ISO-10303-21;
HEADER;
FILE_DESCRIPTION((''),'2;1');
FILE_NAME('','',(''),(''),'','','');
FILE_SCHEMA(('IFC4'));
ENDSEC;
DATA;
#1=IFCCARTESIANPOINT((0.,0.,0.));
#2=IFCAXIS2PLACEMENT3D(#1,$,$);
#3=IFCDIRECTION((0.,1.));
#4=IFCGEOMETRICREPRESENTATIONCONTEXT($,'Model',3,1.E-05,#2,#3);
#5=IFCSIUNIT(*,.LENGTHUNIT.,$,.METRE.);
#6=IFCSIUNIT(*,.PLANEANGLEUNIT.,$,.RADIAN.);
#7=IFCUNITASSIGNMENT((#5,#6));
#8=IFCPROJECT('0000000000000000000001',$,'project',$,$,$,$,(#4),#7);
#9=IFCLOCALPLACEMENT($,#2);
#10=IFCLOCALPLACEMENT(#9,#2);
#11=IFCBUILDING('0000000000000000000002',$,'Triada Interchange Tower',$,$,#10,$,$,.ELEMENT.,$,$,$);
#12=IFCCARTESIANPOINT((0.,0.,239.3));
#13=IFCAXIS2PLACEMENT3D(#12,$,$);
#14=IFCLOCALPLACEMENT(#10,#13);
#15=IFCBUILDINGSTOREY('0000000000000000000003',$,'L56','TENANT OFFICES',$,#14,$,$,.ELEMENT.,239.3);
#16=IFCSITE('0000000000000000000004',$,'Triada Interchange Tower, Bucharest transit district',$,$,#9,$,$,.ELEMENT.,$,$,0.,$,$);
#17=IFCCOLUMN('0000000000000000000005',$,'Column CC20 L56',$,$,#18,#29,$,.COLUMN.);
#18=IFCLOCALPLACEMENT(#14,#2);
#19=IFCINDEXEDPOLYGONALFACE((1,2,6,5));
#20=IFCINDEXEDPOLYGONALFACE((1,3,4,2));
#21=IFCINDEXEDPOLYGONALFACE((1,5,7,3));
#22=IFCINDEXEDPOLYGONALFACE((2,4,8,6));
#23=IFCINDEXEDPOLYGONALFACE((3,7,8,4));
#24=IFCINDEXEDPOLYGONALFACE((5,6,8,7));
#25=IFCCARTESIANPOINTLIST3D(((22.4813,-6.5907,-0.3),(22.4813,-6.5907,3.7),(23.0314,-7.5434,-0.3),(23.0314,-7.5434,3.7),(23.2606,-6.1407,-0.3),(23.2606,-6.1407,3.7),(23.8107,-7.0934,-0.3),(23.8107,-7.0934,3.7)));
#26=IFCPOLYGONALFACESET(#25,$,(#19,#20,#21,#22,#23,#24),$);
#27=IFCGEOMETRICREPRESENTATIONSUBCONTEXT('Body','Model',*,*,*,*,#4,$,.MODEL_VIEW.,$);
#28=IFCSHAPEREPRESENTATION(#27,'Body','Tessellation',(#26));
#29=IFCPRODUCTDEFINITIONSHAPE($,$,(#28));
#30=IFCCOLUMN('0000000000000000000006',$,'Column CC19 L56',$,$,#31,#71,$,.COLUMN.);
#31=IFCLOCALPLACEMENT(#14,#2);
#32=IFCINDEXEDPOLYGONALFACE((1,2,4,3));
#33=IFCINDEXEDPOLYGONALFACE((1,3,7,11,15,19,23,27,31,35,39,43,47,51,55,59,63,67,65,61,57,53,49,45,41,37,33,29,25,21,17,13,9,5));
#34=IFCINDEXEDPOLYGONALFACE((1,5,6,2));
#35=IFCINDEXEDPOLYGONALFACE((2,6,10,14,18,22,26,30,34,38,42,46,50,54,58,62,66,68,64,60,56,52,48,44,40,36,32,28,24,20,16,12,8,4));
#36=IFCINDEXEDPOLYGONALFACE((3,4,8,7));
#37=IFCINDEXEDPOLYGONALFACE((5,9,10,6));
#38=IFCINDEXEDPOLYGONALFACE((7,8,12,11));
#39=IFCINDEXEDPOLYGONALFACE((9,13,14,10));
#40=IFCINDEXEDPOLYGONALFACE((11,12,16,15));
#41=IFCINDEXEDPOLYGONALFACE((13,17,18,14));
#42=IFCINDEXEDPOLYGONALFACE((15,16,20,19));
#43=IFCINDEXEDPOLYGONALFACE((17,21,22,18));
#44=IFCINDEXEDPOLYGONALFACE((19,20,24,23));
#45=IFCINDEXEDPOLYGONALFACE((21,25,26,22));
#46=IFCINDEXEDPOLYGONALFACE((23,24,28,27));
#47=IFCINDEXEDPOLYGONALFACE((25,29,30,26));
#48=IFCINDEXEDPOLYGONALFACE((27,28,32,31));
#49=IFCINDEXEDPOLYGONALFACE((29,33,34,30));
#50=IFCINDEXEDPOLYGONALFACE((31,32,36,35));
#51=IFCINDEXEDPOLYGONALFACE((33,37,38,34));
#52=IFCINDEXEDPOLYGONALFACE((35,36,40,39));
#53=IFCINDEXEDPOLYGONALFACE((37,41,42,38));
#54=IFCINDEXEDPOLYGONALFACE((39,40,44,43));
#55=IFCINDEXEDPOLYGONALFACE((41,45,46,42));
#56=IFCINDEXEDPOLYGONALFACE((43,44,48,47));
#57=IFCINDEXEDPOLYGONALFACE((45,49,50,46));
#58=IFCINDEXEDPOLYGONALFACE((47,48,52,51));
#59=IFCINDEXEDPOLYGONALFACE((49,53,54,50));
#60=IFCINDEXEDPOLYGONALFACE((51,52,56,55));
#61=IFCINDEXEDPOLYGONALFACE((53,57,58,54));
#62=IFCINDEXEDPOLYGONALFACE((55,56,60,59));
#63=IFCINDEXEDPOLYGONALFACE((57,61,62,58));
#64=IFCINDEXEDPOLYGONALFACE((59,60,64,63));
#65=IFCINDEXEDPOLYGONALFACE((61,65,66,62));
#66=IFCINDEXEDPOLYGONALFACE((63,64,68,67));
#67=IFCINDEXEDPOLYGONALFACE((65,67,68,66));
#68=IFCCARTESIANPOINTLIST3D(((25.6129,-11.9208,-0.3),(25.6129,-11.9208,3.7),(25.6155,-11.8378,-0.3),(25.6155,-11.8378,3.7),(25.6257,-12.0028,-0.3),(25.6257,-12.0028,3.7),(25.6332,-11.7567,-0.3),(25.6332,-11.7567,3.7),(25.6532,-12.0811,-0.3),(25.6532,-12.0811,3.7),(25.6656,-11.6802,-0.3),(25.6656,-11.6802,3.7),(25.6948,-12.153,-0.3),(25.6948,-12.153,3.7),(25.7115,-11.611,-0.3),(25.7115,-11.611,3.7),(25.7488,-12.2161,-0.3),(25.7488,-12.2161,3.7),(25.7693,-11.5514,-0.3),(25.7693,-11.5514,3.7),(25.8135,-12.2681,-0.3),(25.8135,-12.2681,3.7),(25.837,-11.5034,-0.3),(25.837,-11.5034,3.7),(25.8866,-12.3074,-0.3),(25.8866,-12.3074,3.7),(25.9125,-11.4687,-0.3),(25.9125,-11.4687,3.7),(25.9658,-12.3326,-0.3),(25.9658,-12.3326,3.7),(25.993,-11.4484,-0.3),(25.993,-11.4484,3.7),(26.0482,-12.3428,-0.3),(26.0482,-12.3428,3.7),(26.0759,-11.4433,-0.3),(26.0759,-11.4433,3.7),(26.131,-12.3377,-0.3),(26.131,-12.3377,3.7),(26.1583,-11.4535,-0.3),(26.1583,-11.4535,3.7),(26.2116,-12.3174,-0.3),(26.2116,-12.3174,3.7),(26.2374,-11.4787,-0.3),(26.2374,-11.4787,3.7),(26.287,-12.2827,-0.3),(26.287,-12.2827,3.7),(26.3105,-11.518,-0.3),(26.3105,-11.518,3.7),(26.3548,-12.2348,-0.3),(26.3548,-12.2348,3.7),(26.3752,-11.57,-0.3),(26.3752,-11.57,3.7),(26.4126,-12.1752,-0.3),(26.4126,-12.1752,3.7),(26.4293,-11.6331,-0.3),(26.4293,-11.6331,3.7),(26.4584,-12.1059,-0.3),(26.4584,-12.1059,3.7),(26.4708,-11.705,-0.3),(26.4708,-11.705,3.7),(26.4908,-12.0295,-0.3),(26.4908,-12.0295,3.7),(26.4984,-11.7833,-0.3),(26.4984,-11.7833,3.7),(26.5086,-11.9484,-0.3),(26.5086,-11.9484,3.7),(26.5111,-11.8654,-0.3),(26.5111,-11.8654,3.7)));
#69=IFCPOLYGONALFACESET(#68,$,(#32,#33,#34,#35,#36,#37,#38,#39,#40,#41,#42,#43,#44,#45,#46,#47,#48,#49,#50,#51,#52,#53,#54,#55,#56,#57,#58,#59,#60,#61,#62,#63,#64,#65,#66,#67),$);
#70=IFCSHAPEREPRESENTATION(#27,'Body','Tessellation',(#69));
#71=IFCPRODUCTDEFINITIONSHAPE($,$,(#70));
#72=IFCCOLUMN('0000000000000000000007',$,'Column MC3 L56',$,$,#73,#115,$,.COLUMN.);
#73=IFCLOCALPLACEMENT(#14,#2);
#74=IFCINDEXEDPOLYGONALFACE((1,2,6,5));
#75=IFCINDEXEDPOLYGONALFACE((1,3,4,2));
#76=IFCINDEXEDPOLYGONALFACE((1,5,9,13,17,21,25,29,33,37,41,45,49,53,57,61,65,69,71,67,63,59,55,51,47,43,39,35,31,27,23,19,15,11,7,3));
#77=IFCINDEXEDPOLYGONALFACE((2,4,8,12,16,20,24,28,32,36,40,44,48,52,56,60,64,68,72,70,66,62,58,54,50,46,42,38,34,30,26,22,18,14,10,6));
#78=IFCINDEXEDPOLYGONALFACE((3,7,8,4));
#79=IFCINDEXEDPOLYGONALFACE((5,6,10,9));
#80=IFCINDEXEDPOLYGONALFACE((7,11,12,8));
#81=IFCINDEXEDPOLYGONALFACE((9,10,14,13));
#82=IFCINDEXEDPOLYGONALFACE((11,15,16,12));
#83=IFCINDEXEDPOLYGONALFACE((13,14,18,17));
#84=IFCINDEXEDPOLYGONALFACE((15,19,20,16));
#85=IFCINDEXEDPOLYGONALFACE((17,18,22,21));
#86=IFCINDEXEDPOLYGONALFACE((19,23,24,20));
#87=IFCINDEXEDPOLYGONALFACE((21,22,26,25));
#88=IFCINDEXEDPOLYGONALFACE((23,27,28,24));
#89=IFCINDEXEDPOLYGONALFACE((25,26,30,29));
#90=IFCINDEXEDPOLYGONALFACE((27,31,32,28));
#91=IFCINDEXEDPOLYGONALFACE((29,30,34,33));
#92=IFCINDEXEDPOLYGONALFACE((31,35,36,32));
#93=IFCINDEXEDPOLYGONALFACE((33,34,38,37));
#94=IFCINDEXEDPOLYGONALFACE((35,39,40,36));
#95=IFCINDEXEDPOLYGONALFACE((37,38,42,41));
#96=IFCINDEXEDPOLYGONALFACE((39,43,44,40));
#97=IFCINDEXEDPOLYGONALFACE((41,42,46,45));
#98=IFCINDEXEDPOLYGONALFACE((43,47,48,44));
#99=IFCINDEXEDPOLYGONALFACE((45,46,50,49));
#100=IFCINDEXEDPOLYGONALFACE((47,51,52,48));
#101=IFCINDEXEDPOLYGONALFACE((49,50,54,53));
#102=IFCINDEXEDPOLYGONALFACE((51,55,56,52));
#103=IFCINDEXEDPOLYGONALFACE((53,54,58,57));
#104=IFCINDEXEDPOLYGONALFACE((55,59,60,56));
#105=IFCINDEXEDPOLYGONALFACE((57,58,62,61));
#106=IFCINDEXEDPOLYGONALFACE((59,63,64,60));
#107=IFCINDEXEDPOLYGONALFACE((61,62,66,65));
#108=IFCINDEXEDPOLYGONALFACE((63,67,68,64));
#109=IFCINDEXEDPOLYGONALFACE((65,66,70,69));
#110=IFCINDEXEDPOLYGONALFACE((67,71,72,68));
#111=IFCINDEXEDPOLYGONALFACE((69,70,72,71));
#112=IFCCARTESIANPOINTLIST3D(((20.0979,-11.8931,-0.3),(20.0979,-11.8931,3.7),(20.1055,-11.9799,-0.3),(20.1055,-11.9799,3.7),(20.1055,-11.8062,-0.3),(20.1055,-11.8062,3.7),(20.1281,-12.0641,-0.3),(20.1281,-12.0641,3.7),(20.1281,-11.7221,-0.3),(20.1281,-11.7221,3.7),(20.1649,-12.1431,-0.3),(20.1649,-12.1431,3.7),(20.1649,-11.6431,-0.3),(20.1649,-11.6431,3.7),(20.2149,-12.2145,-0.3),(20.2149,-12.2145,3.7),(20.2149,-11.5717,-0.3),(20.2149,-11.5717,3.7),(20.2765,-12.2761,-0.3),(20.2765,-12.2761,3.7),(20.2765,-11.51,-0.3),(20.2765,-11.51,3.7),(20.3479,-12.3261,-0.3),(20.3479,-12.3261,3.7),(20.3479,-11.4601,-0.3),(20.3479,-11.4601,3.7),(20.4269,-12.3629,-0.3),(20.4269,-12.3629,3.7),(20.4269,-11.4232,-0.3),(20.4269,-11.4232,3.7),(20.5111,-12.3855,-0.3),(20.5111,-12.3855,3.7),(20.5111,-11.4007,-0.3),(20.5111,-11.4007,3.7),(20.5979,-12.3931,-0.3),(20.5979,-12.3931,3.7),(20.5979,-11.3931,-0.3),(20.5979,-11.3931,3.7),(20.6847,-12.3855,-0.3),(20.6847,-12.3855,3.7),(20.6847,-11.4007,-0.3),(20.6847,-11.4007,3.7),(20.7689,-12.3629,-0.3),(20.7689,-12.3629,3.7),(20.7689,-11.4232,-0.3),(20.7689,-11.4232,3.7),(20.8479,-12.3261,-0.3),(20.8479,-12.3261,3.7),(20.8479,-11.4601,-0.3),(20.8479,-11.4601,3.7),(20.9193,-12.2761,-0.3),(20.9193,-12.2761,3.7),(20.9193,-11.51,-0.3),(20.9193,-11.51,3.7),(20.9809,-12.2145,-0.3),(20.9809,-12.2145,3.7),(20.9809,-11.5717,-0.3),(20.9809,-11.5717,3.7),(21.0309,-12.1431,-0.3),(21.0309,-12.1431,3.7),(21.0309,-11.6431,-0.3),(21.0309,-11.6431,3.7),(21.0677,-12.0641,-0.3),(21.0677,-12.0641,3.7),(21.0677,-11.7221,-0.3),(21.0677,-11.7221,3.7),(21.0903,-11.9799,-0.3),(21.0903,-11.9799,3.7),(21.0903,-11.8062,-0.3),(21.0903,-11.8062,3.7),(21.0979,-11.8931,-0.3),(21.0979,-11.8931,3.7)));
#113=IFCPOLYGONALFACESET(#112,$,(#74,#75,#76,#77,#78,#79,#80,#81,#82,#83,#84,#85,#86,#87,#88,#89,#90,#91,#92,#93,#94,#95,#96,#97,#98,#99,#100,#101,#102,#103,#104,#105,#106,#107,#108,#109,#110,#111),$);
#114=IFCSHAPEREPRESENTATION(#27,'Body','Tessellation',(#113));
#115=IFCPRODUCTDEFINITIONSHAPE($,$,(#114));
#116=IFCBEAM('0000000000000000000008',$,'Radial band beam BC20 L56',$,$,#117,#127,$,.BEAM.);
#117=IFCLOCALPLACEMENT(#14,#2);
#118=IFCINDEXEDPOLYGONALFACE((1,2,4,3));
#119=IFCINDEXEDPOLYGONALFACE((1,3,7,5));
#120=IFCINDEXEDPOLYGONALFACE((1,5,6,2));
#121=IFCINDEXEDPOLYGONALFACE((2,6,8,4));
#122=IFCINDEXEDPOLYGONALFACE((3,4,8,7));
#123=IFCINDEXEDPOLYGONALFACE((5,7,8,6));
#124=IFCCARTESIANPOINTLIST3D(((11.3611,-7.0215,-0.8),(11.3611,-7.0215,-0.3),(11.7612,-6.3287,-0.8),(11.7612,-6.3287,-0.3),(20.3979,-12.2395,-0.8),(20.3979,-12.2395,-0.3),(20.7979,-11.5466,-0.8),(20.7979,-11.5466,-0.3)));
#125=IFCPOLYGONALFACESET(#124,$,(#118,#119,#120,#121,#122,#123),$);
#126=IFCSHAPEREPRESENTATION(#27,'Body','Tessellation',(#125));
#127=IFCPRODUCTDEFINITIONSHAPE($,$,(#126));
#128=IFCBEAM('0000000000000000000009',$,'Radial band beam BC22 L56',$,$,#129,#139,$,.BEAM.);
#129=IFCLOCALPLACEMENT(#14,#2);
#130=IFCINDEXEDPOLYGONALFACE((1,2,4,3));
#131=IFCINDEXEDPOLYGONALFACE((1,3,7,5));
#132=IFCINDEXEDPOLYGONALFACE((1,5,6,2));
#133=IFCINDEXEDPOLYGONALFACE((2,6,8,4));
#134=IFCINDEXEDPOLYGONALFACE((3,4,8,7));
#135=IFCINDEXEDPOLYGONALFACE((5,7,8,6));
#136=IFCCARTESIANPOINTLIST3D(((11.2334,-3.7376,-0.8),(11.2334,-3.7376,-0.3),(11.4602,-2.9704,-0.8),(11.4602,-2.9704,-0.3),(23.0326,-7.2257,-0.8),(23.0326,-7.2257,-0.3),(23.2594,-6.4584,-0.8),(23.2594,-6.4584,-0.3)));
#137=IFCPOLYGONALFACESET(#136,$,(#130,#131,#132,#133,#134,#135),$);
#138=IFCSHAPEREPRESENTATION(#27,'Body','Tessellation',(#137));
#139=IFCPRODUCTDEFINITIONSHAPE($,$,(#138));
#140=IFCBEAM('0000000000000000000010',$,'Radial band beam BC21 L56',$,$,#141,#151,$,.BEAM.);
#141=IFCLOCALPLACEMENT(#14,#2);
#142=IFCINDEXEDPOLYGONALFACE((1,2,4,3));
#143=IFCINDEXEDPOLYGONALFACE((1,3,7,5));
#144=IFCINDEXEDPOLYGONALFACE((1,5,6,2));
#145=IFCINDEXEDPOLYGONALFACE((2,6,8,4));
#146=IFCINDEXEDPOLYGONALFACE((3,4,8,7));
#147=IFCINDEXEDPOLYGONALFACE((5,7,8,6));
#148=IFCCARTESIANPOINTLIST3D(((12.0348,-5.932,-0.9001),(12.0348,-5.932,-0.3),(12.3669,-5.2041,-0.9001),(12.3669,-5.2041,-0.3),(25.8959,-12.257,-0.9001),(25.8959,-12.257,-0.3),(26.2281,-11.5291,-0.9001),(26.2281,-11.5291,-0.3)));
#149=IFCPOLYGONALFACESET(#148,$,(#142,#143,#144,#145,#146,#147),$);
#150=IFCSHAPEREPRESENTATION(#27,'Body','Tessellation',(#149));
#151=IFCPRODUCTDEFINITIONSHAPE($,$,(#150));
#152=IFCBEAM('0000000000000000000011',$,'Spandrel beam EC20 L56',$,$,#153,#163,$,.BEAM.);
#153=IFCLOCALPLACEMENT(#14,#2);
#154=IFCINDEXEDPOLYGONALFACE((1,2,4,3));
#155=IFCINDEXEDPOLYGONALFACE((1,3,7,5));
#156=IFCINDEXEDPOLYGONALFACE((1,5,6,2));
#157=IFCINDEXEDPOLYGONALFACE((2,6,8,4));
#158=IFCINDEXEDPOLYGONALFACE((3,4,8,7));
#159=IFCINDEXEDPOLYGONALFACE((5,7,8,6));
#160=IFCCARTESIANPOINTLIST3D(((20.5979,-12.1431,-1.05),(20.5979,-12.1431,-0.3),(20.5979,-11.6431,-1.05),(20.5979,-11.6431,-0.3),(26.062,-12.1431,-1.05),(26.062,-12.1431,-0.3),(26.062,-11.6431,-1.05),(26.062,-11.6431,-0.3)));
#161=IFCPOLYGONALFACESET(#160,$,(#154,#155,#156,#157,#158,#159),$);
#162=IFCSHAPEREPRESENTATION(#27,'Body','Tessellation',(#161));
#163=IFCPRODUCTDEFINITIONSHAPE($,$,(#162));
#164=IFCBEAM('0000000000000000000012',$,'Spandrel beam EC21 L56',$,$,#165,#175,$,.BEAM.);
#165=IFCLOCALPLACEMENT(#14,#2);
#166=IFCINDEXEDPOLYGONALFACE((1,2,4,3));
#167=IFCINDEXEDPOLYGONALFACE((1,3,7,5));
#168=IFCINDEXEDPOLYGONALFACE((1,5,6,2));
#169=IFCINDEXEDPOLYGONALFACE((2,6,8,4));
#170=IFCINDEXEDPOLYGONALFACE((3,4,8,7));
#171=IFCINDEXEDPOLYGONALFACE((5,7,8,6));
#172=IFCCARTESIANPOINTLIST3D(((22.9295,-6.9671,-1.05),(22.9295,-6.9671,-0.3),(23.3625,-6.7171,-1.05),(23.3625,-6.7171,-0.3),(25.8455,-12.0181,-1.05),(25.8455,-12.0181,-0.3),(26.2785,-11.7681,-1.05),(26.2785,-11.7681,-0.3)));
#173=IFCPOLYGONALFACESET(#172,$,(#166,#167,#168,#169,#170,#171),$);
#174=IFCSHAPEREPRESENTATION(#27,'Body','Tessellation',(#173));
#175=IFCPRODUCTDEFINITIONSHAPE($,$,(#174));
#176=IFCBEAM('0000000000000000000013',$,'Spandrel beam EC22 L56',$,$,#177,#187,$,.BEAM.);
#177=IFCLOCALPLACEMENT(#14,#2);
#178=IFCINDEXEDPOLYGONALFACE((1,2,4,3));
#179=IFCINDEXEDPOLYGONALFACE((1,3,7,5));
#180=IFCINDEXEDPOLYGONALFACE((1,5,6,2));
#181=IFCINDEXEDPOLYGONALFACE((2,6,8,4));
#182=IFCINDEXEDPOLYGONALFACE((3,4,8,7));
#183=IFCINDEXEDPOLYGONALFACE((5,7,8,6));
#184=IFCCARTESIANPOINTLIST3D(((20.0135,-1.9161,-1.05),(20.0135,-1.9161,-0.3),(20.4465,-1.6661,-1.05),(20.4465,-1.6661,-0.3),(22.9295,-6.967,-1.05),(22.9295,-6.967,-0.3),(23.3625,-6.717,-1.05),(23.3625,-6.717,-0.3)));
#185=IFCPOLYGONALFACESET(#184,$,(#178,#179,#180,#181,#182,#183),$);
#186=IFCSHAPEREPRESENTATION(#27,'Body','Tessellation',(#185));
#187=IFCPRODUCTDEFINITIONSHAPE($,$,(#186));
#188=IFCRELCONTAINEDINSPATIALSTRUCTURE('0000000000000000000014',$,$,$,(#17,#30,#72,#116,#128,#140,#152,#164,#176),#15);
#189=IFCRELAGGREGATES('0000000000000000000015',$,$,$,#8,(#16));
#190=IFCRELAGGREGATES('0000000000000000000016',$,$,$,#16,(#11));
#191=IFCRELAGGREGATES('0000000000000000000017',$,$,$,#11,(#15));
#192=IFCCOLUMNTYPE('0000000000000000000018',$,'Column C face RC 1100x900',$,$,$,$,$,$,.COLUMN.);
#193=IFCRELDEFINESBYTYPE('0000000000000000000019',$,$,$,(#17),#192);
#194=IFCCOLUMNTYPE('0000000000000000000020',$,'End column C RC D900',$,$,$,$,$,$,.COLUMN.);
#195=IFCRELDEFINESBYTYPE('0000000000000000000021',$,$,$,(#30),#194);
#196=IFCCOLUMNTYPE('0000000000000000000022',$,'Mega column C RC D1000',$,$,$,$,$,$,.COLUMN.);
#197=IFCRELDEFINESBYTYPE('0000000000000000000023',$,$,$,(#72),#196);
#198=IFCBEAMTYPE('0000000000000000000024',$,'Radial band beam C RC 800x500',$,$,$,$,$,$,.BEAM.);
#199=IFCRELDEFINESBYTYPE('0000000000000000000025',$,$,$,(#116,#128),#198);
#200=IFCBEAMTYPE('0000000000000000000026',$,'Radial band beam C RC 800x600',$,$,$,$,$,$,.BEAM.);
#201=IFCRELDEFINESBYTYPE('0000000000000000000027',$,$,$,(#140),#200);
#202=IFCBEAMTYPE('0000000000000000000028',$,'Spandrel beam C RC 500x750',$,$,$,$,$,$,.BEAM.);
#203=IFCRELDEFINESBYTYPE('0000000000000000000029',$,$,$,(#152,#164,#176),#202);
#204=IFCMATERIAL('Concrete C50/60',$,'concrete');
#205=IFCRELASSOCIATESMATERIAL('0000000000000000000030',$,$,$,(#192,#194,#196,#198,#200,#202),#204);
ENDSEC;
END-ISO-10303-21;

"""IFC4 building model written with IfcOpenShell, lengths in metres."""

from ifc_helpers import new_model, si_unit, direction, frame, origin, origin_2d, place, context, subcontext, project, spatial, rectangle, circle, extrude, material, material_profile, profile_set, type_object, element, save


model = new_model("IFC4")

# Units and contexts
model_context = context("Model", 3, precision=1e-05, world=origin(), true_north=direction((0.0, 1.0)))
body_context = subcontext(model_context, "Body", "Model", "MODEL_VIEW")
ifc_project = project(units=[si_unit("LENGTHUNIT", "METRE"), si_unit("PLANEANGLEUNIT", "RADIAN")], contexts=[model_context])

# Site, building, storey
site_placement = place(None, origin())
site = spatial("IfcSite", under=ifc_project, at=site_placement, Name="Triada Interchange Tower, Bucharest transit district", CompositionType="ELEMENT", RefElevation=0.0)
building_placement = place(site_placement, origin())
building = spatial("IfcBuilding", under=site, at=building_placement, Name="Triada Interchange Tower", CompositionType="ELEMENT")
storey_placement = place(building_placement, frame((0.0, 0.0, 239.3)))
storey = spatial("IfcBuildingStorey", under=building, at=storey_placement, Name="L56", Description="TENANT OFFICES", CompositionType="ELEMENT", Elevation=239.3)

# Columns
ifc_material_1 = material(Name="Concrete C50/60", Category="concrete")
ifc_material_profile_1 = material_profile(ifc_material_1, rectangle(XDim=1.1001, YDim=0.8999, at=origin_2d()), Name="RC 1100x900")
ifc_profile_set_1 = profile_set([ifc_material_profile_1], Name="Concrete C50/60")
column_type_1 = type_object("IfcColumnType", Name="Column C face RC 1100x900", PredefinedType="COLUMN", material=ifc_profile_set_1)
column_1_placement = place(storey_placement, frame((23.146, -6.842, -0.3), z_axis=(0.0, 0.0, 1.0), x_axis=(-0.5, 0.866025, 0.0)))
element("IfcColumn", 1, at=column_1_placement, inside=storey, type_object=column_type_1, Name="Column CC20 L56", PredefinedType="COLUMN", context=body_context, shape_type="SweptSolid", body=[
    extrude(rectangle(XDim=1.1001, YDim=0.8999, at=origin_2d()), origin(), (0.0, 0.0, 1.0), 4.0),
])
ifc_material_profile_2 = material_profile(ifc_material_1, circle(Radius=0.45, at=origin_2d()), Name="RC D900")
ifc_profile_set_2 = profile_set([ifc_material_profile_2], Name="Concrete C50/60")
column_type_2 = type_object("IfcColumnType", Name="End column C RC D900", PredefinedType="COLUMN", material=ifc_profile_set_2)
column_2_placement = place(storey_placement, frame((26.062, -11.8931, -0.3), z_axis=(0.0, 0.0, 1.0), x_axis=(-0.5, 0.866025, 0.0)))
element("IfcColumn", 2, at=column_2_placement, inside=storey, type_object=column_type_2, Name="Column CC19 L56", PredefinedType="COLUMN", context=body_context, shape_type="SweptSolid", body=[
    extrude(circle(Radius=0.45, at=origin_2d()), origin(), (0.0, 0.0, 1.0), 4.0),
])
ifc_material_profile_3 = material_profile(ifc_material_1, circle(Radius=0.5, at=origin_2d()), Name="RC D1000")
ifc_profile_set_3 = profile_set([ifc_material_profile_3], Name="Concrete C50/60")
column_type_3 = type_object("IfcColumnType", Name="Mega column C RC D1000", PredefinedType="COLUMN", material=ifc_profile_set_3)
column_3_placement = place(storey_placement, frame((20.5979, -11.8931, -0.3), z_axis=(0.0, 0.0, 1.0), x_axis=(1.0, 0.0, 0.0)))
element("IfcColumn", 3, at=column_3_placement, inside=storey, type_object=column_type_3, Name="Column MC3 L56", PredefinedType="COLUMN", context=body_context, shape_type="SweptSolid", body=[
    extrude(circle(Radius=0.5, at=origin_2d()), origin(), (0.0, 0.0, 1.0), 4.0),
])

# Beams
ifc_material_profile_4 = material_profile(ifc_material_1, rectangle(XDim=0.8, YDim=0.5, at=origin_2d()), Name="RC 800x500")
ifc_profile_set_4 = profile_set([ifc_material_profile_4], Name="Concrete C50/60")
beam_type_1 = type_object("IfcBeamType", Name="Radial band beam C RC 800x500", PredefinedType="BEAM", material=ifc_profile_set_4)
beam_1_placement = place(storey_placement, frame((20.5979, -11.8931, -0.55), z_axis=(-0.866001, 0.500042, 0.0), x_axis=(-0.500042, -0.866001, 0.0)))
element("IfcBeam", 4, at=beam_1_placement, inside=storey, type_object=beam_type_1, Name="Radial band beam BC20 L56", PredefinedType="BEAM", context=body_context, shape_type="SweptSolid", body=[
    extrude(rectangle(XDim=0.8, YDim=0.5, at=origin_2d()), origin(), (0.0, 0.0, 1.0), 10.4351),
])
beam_2_placement = place(storey_placement, frame((23.146, -6.842, -0.55), z_axis=(-0.958975, 0.283492, 0.0), x_axis=(-0.283492, -0.958975, 0.0)))
element("IfcBeam", 5, at=beam_2_placement, inside=storey, type_object=beam_type_1, Name="Radial band beam BC22 L56", PredefinedType="BEAM", context=body_context, shape_type="SweptSolid", body=[
    extrude(rectangle(XDim=0.8, YDim=0.5, at=origin_2d()), origin(), (0.0, 0.0, 1.0), 12.304),
])
ifc_material_profile_5 = material_profile(ifc_material_1, rectangle(XDim=0.8, YDim=0.6001, at=origin_2d()), Name="RC 800x600")
ifc_profile_set_5 = profile_set([ifc_material_profile_5], Name="Concrete C50/60")
beam_type_2 = type_object("IfcBeamType", Name="Radial band beam C RC 800x600", PredefinedType="BEAM", material=ifc_profile_set_5)
beam_3_placement = place(storey_placement, frame((26.062, -11.8931, -0.6001), z_axis=(-0.909761, 0.415133, 0.0), x_axis=(-0.415133, -0.909761, 0.0)))
element("IfcBeam", 6, at=beam_3_placement, inside=storey, type_object=beam_type_2, Name="Radial band beam BC21 L56", PredefinedType="BEAM", context=body_context, shape_type="SweptSolid", body=[
    extrude(rectangle(XDim=0.8, YDim=0.6001, at=origin_2d()), origin(), (0.0, 0.0, 1.0), 15.2361),
])
ifc_material_profile_6 = material_profile(ifc_material_1, rectangle(XDim=0.5, YDim=0.75, at=origin_2d()), Name="RC 500x750")
ifc_profile_set_6 = profile_set([ifc_material_profile_6], Name="Concrete C50/60")
beam_type_3 = type_object("IfcBeamType", Name="Spandrel beam C RC 500x750", PredefinedType="BEAM", material=ifc_profile_set_6)
beam_4_placement = place(storey_placement, frame((20.5979, -11.8931, -0.675), z_axis=(1.0, 0.0, 0.0), x_axis=(0.0, 1.0, 0.0)))
element("IfcBeam", 7, at=beam_4_placement, inside=storey, type_object=beam_type_3, Name="Spandrel beam EC20 L56", PredefinedType="BEAM", context=body_context, shape_type="SweptSolid", body=[
    extrude(rectangle(XDim=0.5, YDim=0.75, at=origin_2d()), origin(), (0.0, 0.0, 1.0), 5.4641),
])
for number, where, z_axis, x_axis, name in (
    (8, (26.062, -11.8931, -0.675), (-0.499975, 0.86604, 0.0), (-0.86604, -0.499975, 0.0), "Spandrel beam EC21 L56"),
    (9, (23.146, -6.842, -0.675), (-0.499975, 0.86604, 0.0), (-0.86604, -0.499975, 0.0), "Spandrel beam EC22 L56"),
):
    element("IfcBeam", number, at=place(storey_placement, frame(where, z_axis=z_axis, x_axis=x_axis)), inside=storey, type_object=beam_type_3, Name=name, PredefinedType="BEAM", context=body_context, shape_type="SweptSolid", body=[
        extrude(rectangle(XDim=0.5, YDim=0.75, at=origin_2d()), origin(), (0.0, 0.0, 1.0), 5.8323),
    ])

save(model, "model.ifc")
